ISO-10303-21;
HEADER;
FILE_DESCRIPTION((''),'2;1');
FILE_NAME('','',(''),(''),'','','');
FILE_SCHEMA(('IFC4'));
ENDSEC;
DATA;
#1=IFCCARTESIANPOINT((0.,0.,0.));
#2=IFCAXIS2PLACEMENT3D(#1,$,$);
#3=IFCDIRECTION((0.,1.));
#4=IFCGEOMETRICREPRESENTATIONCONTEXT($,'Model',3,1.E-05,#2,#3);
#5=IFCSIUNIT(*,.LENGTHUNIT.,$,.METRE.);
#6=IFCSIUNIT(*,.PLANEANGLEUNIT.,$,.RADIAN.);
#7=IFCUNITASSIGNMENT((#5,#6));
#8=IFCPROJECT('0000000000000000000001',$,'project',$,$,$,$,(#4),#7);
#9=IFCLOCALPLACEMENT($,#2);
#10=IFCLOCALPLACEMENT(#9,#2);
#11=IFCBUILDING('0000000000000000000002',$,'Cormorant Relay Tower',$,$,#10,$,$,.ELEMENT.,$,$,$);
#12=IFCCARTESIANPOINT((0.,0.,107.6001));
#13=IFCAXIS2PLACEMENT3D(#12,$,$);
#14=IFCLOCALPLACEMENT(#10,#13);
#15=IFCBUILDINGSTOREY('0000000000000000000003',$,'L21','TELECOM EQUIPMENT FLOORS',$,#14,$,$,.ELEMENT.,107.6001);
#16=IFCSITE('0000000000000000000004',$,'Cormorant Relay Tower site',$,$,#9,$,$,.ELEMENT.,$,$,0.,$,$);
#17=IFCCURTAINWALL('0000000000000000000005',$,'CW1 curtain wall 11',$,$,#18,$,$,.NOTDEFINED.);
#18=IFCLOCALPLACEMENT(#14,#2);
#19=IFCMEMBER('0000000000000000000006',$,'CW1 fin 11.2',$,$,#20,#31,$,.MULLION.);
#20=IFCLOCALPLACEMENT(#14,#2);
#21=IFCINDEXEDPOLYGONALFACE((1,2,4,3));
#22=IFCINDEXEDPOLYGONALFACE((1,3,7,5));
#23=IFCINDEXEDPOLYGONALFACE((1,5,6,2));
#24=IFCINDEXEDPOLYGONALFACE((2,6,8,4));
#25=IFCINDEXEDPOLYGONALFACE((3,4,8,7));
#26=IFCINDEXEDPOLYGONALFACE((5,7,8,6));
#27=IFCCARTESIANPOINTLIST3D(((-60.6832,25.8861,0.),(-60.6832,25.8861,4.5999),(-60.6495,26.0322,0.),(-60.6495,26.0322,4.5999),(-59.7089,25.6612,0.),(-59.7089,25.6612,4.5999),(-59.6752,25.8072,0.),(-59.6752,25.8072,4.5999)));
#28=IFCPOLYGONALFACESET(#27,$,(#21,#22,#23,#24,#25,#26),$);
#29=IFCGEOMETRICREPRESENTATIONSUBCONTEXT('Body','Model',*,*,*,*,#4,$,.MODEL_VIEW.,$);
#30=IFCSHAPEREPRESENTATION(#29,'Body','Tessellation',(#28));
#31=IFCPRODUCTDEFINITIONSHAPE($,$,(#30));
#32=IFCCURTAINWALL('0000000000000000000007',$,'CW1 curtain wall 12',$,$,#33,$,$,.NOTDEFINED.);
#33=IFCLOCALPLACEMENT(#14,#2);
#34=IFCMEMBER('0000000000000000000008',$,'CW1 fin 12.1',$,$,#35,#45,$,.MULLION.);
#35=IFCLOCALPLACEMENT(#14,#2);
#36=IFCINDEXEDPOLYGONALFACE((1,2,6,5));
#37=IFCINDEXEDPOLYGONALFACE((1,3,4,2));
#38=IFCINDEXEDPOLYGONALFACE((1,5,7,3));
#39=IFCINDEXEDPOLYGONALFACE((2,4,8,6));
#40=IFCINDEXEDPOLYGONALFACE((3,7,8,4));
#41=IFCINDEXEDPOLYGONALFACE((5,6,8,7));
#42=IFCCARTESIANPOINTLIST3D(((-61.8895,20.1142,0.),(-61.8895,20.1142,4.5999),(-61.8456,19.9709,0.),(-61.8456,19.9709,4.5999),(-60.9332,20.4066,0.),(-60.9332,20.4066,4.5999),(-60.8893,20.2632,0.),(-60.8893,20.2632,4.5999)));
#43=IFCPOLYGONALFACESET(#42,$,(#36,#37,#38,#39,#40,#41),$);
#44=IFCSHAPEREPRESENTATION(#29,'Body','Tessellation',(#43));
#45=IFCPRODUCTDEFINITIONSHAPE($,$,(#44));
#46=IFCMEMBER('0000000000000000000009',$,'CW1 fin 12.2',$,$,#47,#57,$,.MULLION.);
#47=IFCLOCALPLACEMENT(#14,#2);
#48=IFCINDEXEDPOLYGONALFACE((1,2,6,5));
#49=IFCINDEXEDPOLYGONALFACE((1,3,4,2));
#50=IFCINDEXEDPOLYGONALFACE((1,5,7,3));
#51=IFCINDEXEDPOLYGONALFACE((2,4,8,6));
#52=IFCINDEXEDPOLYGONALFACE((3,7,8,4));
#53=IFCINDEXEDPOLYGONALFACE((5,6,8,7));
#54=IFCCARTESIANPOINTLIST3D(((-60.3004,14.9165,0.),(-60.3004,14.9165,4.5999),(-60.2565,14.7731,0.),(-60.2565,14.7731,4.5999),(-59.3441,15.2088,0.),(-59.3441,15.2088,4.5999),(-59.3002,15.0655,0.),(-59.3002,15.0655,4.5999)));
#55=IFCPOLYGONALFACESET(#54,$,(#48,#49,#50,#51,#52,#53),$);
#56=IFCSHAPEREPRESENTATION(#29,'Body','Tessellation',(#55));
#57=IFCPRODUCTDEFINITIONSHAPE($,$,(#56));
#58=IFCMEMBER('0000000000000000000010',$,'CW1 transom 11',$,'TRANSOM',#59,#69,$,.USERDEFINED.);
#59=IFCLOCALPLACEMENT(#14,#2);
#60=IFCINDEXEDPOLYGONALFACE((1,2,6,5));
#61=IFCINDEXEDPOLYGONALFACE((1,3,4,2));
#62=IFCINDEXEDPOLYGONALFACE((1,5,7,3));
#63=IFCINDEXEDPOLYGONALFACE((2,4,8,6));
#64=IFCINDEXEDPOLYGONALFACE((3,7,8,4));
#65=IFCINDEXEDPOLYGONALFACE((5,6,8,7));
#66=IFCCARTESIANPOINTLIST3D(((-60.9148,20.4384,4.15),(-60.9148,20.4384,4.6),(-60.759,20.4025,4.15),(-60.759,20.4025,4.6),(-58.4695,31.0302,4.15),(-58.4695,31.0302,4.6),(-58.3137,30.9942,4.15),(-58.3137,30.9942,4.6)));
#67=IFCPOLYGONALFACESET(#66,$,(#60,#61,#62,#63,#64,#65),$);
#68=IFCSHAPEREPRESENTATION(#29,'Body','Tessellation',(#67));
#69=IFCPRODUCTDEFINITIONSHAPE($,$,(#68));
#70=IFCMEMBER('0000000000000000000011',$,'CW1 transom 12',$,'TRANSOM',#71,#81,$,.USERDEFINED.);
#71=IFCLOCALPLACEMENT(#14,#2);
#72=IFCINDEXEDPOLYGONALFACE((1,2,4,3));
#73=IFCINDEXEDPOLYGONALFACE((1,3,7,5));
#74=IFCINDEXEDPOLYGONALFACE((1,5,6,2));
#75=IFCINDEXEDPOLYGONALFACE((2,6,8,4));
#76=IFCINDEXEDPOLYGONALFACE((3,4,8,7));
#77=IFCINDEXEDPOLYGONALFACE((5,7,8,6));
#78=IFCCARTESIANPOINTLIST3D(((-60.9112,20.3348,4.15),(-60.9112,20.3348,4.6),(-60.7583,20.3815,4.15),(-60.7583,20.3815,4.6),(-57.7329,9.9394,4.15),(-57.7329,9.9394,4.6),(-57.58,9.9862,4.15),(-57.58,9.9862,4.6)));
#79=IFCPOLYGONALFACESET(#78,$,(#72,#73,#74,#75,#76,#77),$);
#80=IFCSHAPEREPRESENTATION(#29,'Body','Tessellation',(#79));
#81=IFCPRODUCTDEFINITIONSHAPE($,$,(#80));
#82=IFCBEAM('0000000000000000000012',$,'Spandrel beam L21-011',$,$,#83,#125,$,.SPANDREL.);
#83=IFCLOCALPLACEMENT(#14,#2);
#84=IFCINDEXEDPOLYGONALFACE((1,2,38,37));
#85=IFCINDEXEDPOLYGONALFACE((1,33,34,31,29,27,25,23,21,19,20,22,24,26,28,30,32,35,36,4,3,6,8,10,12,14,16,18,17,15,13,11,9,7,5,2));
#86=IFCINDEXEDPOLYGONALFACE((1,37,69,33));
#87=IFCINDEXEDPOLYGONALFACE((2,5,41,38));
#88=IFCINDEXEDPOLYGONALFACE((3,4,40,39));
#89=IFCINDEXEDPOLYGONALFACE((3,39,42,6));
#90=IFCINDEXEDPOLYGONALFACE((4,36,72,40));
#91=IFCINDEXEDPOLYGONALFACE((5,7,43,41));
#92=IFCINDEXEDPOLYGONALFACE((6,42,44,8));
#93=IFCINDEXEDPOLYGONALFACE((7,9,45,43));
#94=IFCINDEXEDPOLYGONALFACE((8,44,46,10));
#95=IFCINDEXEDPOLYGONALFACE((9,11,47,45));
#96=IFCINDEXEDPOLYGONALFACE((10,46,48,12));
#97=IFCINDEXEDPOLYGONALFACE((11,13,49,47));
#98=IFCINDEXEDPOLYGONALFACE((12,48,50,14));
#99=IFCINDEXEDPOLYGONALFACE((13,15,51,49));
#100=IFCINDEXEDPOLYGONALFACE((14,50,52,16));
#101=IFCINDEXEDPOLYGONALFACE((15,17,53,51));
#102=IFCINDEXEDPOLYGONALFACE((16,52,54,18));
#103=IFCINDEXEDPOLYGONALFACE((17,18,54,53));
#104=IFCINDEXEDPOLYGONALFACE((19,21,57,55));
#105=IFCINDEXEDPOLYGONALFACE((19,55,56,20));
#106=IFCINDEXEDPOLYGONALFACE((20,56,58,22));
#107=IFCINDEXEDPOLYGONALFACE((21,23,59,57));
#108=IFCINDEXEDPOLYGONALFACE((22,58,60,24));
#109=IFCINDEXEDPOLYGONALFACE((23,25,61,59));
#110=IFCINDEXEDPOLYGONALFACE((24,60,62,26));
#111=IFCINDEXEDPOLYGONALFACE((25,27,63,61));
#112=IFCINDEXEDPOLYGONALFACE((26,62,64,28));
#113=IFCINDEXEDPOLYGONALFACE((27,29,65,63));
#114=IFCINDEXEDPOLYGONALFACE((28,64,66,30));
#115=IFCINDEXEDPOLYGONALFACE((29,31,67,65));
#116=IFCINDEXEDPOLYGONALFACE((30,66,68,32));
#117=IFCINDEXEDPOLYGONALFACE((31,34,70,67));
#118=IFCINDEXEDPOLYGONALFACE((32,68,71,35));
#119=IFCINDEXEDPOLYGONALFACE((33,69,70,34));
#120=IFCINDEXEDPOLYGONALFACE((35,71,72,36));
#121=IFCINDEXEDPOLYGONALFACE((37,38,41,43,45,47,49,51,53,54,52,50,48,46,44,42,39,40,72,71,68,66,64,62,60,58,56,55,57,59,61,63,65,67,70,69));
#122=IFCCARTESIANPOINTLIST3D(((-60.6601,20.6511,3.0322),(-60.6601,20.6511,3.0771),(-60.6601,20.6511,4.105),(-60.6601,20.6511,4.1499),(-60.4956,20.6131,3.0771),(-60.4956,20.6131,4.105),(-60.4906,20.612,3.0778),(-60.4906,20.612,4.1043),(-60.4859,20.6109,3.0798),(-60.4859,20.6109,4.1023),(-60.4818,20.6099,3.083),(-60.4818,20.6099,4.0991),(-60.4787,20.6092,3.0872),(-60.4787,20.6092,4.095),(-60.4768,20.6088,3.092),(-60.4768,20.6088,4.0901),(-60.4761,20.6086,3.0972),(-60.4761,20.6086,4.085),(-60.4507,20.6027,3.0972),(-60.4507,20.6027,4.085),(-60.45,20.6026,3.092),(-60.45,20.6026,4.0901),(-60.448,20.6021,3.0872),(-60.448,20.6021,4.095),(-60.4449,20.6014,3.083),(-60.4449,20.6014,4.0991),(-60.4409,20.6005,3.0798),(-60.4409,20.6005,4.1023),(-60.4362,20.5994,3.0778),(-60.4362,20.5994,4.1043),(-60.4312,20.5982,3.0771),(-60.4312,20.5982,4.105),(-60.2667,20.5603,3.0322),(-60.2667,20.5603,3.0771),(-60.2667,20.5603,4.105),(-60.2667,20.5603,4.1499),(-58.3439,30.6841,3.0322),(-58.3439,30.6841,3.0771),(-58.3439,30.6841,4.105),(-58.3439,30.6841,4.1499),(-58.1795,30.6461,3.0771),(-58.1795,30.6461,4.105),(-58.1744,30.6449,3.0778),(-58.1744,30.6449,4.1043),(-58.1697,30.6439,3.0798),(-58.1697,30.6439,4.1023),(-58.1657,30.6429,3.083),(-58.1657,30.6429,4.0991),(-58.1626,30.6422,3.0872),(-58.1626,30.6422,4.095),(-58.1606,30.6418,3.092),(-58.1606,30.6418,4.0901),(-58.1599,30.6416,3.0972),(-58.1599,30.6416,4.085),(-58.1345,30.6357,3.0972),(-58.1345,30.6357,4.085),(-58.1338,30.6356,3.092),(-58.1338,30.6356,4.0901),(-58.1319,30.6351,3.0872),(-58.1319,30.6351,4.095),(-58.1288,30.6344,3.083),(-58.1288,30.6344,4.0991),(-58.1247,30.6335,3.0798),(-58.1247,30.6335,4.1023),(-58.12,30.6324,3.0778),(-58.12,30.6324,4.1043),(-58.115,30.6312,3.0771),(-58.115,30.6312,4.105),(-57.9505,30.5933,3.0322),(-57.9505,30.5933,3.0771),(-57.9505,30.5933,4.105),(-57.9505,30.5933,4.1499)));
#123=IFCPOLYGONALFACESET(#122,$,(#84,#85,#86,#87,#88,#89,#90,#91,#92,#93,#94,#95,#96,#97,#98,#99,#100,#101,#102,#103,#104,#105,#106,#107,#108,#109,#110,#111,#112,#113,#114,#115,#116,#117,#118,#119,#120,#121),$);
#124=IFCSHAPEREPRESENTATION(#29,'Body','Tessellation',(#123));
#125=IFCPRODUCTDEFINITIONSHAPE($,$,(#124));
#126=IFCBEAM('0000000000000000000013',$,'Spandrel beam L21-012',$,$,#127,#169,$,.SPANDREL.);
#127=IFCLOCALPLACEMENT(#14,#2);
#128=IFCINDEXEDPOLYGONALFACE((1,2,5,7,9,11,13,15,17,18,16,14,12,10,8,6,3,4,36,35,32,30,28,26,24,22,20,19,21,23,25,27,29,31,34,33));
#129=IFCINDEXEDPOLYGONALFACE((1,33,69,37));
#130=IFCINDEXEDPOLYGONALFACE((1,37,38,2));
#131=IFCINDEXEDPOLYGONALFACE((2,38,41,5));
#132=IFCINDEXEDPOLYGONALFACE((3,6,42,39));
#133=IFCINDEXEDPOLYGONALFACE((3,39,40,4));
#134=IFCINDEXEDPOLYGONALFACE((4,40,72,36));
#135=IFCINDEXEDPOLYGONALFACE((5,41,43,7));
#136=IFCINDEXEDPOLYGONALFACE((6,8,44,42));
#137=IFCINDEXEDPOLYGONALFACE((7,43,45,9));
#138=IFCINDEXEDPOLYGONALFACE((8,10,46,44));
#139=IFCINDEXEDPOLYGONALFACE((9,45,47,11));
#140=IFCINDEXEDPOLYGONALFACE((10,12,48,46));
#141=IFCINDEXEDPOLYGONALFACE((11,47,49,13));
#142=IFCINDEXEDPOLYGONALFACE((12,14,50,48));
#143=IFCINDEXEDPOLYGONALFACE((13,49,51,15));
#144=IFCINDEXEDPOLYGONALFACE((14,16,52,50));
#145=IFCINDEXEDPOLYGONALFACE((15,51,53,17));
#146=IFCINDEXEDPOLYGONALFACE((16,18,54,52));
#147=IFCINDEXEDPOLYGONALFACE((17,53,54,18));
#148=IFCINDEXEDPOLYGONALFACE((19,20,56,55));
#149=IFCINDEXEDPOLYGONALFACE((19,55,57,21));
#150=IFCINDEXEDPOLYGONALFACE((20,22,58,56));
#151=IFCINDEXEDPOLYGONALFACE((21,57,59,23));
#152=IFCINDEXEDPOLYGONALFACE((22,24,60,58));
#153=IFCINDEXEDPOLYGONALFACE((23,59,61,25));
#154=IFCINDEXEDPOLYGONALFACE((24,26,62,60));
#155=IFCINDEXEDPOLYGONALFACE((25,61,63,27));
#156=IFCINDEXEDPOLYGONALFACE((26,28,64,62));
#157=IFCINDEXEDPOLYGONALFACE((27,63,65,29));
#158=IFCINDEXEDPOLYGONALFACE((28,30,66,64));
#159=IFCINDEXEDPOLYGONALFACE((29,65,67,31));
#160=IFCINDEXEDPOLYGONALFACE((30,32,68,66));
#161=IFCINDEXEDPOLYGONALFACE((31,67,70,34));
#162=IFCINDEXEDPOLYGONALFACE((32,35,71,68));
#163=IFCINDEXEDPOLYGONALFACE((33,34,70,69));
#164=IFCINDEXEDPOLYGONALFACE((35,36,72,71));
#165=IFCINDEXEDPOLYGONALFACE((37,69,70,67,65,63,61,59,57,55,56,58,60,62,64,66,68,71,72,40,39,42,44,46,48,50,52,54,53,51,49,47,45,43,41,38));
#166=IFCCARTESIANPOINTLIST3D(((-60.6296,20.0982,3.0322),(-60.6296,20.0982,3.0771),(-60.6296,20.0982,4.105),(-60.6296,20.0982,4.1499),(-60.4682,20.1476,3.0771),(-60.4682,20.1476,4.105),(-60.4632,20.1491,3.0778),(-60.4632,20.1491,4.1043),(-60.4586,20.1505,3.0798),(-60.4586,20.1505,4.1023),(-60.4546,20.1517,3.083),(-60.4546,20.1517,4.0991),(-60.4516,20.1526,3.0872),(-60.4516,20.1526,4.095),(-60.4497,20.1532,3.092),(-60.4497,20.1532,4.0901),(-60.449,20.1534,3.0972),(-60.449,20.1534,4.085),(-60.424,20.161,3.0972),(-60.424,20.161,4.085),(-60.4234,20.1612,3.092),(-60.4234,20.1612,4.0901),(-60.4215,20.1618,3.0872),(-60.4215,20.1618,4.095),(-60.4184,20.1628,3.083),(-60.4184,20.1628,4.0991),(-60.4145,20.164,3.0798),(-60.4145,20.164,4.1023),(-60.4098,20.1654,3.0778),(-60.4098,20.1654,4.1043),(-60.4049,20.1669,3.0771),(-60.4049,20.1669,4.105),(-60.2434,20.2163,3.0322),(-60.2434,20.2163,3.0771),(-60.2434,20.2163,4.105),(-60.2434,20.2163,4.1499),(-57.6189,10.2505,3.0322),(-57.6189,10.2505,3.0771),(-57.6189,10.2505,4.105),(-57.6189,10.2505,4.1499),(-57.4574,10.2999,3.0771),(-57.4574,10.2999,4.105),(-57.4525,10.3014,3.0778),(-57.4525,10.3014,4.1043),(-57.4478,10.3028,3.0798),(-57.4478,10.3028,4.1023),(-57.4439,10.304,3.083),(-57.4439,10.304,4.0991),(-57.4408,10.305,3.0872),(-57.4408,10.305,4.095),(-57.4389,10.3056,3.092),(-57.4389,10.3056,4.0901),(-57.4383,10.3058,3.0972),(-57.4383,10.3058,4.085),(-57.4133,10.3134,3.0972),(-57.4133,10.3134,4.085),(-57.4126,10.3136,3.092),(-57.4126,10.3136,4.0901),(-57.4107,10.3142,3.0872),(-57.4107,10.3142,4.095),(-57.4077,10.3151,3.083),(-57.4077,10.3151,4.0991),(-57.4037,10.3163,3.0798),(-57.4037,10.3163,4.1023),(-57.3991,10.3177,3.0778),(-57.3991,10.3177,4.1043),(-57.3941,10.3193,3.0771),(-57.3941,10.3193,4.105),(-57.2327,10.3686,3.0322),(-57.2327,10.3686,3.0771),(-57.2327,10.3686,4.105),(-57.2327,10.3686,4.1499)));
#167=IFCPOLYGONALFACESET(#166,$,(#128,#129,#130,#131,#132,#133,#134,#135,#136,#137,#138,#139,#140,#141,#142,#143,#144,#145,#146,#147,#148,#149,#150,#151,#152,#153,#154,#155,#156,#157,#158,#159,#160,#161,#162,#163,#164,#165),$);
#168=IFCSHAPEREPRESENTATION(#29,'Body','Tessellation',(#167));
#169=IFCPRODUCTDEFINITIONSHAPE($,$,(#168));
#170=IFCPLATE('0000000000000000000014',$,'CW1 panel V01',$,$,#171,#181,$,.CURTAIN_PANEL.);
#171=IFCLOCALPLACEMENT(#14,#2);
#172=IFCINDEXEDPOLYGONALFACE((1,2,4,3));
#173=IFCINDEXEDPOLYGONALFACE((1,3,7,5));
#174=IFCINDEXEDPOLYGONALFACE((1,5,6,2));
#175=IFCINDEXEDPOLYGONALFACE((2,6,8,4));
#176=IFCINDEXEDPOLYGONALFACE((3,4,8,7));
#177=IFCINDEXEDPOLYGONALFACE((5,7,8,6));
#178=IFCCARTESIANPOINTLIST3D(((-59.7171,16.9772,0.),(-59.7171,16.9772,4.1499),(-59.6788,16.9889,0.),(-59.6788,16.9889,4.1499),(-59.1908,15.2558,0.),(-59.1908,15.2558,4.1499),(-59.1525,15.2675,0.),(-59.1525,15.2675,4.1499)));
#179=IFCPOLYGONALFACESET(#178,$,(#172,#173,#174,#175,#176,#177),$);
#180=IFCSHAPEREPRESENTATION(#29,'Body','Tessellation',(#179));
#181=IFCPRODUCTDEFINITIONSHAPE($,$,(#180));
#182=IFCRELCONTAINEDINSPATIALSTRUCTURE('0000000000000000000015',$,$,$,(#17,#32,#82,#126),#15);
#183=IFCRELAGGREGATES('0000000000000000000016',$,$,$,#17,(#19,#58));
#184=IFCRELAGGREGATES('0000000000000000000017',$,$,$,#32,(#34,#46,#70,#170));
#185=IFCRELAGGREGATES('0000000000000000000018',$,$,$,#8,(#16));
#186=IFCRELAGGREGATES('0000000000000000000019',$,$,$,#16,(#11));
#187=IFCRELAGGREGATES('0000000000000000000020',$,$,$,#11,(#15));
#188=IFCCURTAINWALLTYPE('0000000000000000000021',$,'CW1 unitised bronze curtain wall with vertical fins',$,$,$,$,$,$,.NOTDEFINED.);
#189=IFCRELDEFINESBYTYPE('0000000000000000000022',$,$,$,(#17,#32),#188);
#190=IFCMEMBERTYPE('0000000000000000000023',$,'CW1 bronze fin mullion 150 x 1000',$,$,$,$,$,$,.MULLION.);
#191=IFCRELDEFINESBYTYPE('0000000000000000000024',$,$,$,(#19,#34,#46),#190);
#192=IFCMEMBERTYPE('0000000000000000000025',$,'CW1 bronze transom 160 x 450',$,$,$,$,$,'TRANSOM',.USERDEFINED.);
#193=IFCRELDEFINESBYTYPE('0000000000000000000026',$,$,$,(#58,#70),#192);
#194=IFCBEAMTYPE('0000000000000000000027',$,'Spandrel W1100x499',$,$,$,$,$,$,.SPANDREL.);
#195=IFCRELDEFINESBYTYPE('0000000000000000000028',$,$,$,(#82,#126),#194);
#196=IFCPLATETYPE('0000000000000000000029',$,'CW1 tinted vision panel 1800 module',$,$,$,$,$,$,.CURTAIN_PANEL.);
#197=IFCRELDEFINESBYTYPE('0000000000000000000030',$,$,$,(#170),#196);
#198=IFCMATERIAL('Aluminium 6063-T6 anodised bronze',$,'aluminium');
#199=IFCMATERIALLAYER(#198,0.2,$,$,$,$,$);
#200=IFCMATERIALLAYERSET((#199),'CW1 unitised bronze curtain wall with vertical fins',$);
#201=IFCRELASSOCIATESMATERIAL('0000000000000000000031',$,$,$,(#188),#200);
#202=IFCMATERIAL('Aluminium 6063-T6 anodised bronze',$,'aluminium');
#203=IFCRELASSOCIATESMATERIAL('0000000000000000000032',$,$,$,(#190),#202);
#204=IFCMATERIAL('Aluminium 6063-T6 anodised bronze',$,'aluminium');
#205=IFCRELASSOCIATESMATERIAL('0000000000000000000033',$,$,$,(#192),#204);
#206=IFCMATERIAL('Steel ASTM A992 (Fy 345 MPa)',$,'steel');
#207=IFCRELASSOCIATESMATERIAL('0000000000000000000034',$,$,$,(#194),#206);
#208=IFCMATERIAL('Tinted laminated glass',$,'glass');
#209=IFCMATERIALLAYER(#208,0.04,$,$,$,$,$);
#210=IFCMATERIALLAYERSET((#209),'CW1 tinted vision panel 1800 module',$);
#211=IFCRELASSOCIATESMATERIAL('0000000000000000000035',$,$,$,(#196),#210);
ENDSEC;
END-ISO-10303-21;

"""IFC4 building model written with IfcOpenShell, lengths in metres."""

from ifc_helpers import new_model, si_unit, direction, frame, origin, origin_2d, place, context, subcontext, project, spatial, rectangle, i_section, extrude, material, layer, layer_set, material_profile, profile_set, type_object, element, aggregate, save


model = new_model("IFC4")

# Units and contexts
model_context = context("Model", 3, precision=1e-05, world=origin(), true_north=direction((0.0, 1.0)))
body_context = subcontext(model_context, "Body", "Model", "MODEL_VIEW")
ifc_project = project(units=[si_unit("LENGTHUNIT", "METRE"), si_unit("PLANEANGLEUNIT", "RADIAN")], contexts=[model_context])

# Site, building, storey
site_placement = place(None, origin())
site = spatial("IfcSite", under=ifc_project, at=site_placement, Name="Cormorant Relay Tower site", CompositionType="ELEMENT", RefElevation=0.0)
building_placement = place(site_placement, origin())
building = spatial("IfcBuilding", under=site, at=building_placement, Name="Cormorant Relay Tower", CompositionType="ELEMENT")
storey_placement = place(building_placement, frame((0.0, 0.0, 107.6001)))
storey = spatial("IfcBuildingStorey", under=building, at=storey_placement, Name="L21", Description="TELECOM EQUIPMENT FLOORS", CompositionType="ELEMENT", Elevation=107.6001)

# Curtain walls, members
ifc_material_1 = material(Name="Aluminium 6063-T6 anodised bronze", Category="aluminium")
ifc_layer_1 = layer(ifc_material_1, 0.2)
ifc_layer_set_1 = layer_set([ifc_layer_1], Name="CW1 unitised bronze curtain wall with vertical fins")
curtain_wall_type = type_object("IfcCurtainWallType", Name="CW1 unitised bronze curtain wall with vertical fins", PredefinedType="NOTDEFINED", material=ifc_layer_set_1)
curtain_wall_1_placement = place(storey_placement, origin())
curtain_wall_1 = element("IfcCurtainWall", 1, at=curtain_wall_1_placement, inside=storey, type_object=curtain_wall_type, Name="CW1 curtain wall 11", PredefinedType="NOTDEFINED")
ifc_material_2 = material(Name="Aluminium 6063-T6 anodised bronze", Category="aluminium")
ifc_material_profile_1 = material_profile(ifc_material_2, rectangle(XDim=0.1499, YDim=1.0, at=origin_2d()), Name="AL 150x1000")
ifc_profile_set_1 = profile_set([ifc_material_profile_1], Name="Aluminium 6063-T6 anodised bronze")
member_type_1 = type_object("IfcMemberType", Name="CW1 bronze fin mullion 150 x 1000", PredefinedType="MULLION", material=ifc_profile_set_1)
member_1_placement = place(storey_placement, frame((-60.1792, 25.8467, 0.0), z_axis=(0.0, 0.0, 1.0), x_axis=(-0.224951, -0.97437, 0.0)))
member_1 = element("IfcMember", 2, at=member_1_placement, type_object=member_type_1, Name="CW1 fin 11.2", PredefinedType="MULLION", context=body_context, shape_type="SweptSolid", body=[
    extrude(rectangle(XDim=0.1499, YDim=1.0, at=origin_2d()), origin(), (0.0, 0.0, 1.0), 4.5999),
])
curtain_wall_2_placement = place(storey_placement, origin())
curtain_wall_2 = element("IfcCurtainWall", 3, at=curtain_wall_2_placement, inside=storey, type_object=curtain_wall_type, Name="CW1 curtain wall 12", PredefinedType="NOTDEFINED")
member_2_placement = place(storey_placement, frame((-61.3894, 20.1887, 0.0), z_axis=(0.0, 0.0, 1.0), x_axis=(0.292372, -0.956305, 0.0)))
member_2 = element("IfcMember", 4, at=member_2_placement, type_object=member_type_1, Name="CW1 fin 12.1", PredefinedType="MULLION", context=body_context, shape_type="SweptSolid", body=[
    extrude(rectangle(XDim=0.1499, YDim=1.0, at=origin_2d()), origin(), (0.0, 0.0, 1.0), 4.5999),
])
member_3_placement = place(storey_placement, frame((-59.8003, 14.991, 0.0), z_axis=(0.0, 0.0, 1.0), x_axis=(0.292372, -0.956305, 0.0)))
member_3 = element("IfcMember", 5, at=member_3_placement, type_object=member_type_1, Name="CW1 fin 12.2", PredefinedType="MULLION", context=body_context, shape_type="SweptSolid", body=[
    extrude(rectangle(XDim=0.1499, YDim=1.0, at=origin_2d()), origin(), (0.0, 0.0, 1.0), 4.5999),
])

# Members
ifc_material_3 = material(Name="Aluminium 6063-T6 anodised bronze", Category="aluminium")
ifc_material_profile_2 = material_profile(ifc_material_3, rectangle(XDim=0.1599, YDim=0.45, at=origin_2d()), Name="AL 160x450")
ifc_profile_set_2 = profile_set([ifc_material_profile_2], Name="Aluminium 6063-T6 anodised bronze")
member_type_2 = type_object("IfcMemberType", Name="CW1 bronze transom 160 x 450", ElementType="TRANSOM", PredefinedType="USERDEFINED", material=ifc_profile_set_2)
member_4_placement = place(storey_placement, frame((-58.3916, 31.0122, 4.375), z_axis=(-0.224951, -0.97437, 0.0), x_axis=(0.97437, -0.224951, 0.0)))
member_4 = element("IfcMember", 6, at=member_4_placement, type_object=member_type_2, Name="CW1 transom 11", ObjectType="TRANSOM", PredefinedType="USERDEFINED", context=body_context, shape_type="SweptSolid", body=[
    extrude(rectangle(XDim=0.1599, YDim=0.45, at=origin_2d()), origin(), (0.0, 0.0, 1.0), 10.8704),
])
member_5_placement = place(storey_placement, frame((-60.8347, 20.3582, 4.375), z_axis=(0.292378, -0.956303, 0.0), x_axis=(0.956303, 0.292378, 0.0)))
member_5 = element("IfcMember", 7, at=member_5_placement, type_object=member_type_2, Name="CW1 transom 12", ObjectType="TRANSOM", PredefinedType="USERDEFINED", context=body_context, shape_type="SweptSolid", body=[
    extrude(rectangle(XDim=0.1599, YDim=0.45, at=origin_2d()), origin(), (0.0, 0.0, 1.0), 10.8704),
])

# Beams
ifc_material_4 = material(Name="Steel ASTM A992 (Fy 345 MPa)", Category="steel")
ifc_material_profile_3 = material_profile(ifc_material_4, i_section(OverallWidth=0.4038, OverallDepth=1.1177, WebThickness=0.0261, FlangeThickness=0.0449, FilletRadius=0.02, at=origin_2d()), Name="W1100x499")
ifc_profile_set_3 = profile_set([ifc_material_profile_3], Name="Steel ASTM A992 (Fy 345 MPa)")
beam_type = type_object("IfcBeamType", Name="Spandrel W1100x499", PredefinedType="SPANDREL", material=ifc_profile_set_3)
beam_1_placement = place(storey_placement, frame((-58.1472, 30.6387, 3.5911), z_axis=(-0.224939, -0.974373, 0.0), x_axis=(0.974373, -0.224939, 0.0)))
element("IfcBeam", 8, at=beam_1_placement, inside=storey, type_object=beam_type, Name="Spandrel beam L21-011", PredefinedType="SPANDREL", context=body_context, shape_type="SweptSolid", body=[
    extrude(i_section(OverallWidth=0.4038, OverallDepth=1.1177, WebThickness=0.0261, FlangeThickness=0.0449, FilletRadius=0.02, at=origin_2d()), origin(), (0.0, 0.0, 1.0), 10.2969),
])
beam_2_placement = place(storey_placement, frame((-60.4365, 20.1572, 3.5911), z_axis=(0.292373, -0.956304, 0.0), x_axis=(0.956304, 0.292373, 0.0)))
element("IfcBeam", 9, at=beam_2_placement, inside=storey, type_object=beam_type, Name="Spandrel beam L21-012", PredefinedType="SPANDREL", context=body_context, shape_type="SweptSolid", body=[
    extrude(i_section(OverallWidth=0.4038, OverallDepth=1.1177, WebThickness=0.0261, FlangeThickness=0.0449, FilletRadius=0.02, at=origin_2d()), origin(), (0.0, 0.0, 1.0), 10.2976),
])

# Plate
ifc_material_5 = material(Name="Tinted laminated glass", Category="glass")
ifc_layer_2 = layer(ifc_material_5, 0.04)
ifc_layer_set_2 = layer_set([ifc_layer_2], Name="CW1 tinted vision panel 1800 module")
plate_type = type_object("IfcPlateType", Name="CW1 tinted vision panel 1800 module", PredefinedType="CURTAIN_PANEL", material=ifc_layer_set_2)
plate_placement = place(storey_placement, frame((-59.4348, 16.1223, 0.0), z_axis=(0.0, 0.0, 1.0), x_axis=(0.292372, -0.956305, 0.0)))
plate = element("IfcPlate", 10, at=plate_placement, type_object=plate_type, Name="CW1 panel V01", PredefinedType="CURTAIN_PANEL", context=body_context, shape_type="SweptSolid", body=[
    extrude(rectangle(XDim=1.8, YDim=0.04, at=origin_2d()), origin(), (0.0, 0.0, 1.0), 4.1499),
])

aggregate(curtain_wall_1, [member_1, member_4])
aggregate(curtain_wall_2, [member_2, member_3, member_5, plate])

save(model, "model.ifc")
